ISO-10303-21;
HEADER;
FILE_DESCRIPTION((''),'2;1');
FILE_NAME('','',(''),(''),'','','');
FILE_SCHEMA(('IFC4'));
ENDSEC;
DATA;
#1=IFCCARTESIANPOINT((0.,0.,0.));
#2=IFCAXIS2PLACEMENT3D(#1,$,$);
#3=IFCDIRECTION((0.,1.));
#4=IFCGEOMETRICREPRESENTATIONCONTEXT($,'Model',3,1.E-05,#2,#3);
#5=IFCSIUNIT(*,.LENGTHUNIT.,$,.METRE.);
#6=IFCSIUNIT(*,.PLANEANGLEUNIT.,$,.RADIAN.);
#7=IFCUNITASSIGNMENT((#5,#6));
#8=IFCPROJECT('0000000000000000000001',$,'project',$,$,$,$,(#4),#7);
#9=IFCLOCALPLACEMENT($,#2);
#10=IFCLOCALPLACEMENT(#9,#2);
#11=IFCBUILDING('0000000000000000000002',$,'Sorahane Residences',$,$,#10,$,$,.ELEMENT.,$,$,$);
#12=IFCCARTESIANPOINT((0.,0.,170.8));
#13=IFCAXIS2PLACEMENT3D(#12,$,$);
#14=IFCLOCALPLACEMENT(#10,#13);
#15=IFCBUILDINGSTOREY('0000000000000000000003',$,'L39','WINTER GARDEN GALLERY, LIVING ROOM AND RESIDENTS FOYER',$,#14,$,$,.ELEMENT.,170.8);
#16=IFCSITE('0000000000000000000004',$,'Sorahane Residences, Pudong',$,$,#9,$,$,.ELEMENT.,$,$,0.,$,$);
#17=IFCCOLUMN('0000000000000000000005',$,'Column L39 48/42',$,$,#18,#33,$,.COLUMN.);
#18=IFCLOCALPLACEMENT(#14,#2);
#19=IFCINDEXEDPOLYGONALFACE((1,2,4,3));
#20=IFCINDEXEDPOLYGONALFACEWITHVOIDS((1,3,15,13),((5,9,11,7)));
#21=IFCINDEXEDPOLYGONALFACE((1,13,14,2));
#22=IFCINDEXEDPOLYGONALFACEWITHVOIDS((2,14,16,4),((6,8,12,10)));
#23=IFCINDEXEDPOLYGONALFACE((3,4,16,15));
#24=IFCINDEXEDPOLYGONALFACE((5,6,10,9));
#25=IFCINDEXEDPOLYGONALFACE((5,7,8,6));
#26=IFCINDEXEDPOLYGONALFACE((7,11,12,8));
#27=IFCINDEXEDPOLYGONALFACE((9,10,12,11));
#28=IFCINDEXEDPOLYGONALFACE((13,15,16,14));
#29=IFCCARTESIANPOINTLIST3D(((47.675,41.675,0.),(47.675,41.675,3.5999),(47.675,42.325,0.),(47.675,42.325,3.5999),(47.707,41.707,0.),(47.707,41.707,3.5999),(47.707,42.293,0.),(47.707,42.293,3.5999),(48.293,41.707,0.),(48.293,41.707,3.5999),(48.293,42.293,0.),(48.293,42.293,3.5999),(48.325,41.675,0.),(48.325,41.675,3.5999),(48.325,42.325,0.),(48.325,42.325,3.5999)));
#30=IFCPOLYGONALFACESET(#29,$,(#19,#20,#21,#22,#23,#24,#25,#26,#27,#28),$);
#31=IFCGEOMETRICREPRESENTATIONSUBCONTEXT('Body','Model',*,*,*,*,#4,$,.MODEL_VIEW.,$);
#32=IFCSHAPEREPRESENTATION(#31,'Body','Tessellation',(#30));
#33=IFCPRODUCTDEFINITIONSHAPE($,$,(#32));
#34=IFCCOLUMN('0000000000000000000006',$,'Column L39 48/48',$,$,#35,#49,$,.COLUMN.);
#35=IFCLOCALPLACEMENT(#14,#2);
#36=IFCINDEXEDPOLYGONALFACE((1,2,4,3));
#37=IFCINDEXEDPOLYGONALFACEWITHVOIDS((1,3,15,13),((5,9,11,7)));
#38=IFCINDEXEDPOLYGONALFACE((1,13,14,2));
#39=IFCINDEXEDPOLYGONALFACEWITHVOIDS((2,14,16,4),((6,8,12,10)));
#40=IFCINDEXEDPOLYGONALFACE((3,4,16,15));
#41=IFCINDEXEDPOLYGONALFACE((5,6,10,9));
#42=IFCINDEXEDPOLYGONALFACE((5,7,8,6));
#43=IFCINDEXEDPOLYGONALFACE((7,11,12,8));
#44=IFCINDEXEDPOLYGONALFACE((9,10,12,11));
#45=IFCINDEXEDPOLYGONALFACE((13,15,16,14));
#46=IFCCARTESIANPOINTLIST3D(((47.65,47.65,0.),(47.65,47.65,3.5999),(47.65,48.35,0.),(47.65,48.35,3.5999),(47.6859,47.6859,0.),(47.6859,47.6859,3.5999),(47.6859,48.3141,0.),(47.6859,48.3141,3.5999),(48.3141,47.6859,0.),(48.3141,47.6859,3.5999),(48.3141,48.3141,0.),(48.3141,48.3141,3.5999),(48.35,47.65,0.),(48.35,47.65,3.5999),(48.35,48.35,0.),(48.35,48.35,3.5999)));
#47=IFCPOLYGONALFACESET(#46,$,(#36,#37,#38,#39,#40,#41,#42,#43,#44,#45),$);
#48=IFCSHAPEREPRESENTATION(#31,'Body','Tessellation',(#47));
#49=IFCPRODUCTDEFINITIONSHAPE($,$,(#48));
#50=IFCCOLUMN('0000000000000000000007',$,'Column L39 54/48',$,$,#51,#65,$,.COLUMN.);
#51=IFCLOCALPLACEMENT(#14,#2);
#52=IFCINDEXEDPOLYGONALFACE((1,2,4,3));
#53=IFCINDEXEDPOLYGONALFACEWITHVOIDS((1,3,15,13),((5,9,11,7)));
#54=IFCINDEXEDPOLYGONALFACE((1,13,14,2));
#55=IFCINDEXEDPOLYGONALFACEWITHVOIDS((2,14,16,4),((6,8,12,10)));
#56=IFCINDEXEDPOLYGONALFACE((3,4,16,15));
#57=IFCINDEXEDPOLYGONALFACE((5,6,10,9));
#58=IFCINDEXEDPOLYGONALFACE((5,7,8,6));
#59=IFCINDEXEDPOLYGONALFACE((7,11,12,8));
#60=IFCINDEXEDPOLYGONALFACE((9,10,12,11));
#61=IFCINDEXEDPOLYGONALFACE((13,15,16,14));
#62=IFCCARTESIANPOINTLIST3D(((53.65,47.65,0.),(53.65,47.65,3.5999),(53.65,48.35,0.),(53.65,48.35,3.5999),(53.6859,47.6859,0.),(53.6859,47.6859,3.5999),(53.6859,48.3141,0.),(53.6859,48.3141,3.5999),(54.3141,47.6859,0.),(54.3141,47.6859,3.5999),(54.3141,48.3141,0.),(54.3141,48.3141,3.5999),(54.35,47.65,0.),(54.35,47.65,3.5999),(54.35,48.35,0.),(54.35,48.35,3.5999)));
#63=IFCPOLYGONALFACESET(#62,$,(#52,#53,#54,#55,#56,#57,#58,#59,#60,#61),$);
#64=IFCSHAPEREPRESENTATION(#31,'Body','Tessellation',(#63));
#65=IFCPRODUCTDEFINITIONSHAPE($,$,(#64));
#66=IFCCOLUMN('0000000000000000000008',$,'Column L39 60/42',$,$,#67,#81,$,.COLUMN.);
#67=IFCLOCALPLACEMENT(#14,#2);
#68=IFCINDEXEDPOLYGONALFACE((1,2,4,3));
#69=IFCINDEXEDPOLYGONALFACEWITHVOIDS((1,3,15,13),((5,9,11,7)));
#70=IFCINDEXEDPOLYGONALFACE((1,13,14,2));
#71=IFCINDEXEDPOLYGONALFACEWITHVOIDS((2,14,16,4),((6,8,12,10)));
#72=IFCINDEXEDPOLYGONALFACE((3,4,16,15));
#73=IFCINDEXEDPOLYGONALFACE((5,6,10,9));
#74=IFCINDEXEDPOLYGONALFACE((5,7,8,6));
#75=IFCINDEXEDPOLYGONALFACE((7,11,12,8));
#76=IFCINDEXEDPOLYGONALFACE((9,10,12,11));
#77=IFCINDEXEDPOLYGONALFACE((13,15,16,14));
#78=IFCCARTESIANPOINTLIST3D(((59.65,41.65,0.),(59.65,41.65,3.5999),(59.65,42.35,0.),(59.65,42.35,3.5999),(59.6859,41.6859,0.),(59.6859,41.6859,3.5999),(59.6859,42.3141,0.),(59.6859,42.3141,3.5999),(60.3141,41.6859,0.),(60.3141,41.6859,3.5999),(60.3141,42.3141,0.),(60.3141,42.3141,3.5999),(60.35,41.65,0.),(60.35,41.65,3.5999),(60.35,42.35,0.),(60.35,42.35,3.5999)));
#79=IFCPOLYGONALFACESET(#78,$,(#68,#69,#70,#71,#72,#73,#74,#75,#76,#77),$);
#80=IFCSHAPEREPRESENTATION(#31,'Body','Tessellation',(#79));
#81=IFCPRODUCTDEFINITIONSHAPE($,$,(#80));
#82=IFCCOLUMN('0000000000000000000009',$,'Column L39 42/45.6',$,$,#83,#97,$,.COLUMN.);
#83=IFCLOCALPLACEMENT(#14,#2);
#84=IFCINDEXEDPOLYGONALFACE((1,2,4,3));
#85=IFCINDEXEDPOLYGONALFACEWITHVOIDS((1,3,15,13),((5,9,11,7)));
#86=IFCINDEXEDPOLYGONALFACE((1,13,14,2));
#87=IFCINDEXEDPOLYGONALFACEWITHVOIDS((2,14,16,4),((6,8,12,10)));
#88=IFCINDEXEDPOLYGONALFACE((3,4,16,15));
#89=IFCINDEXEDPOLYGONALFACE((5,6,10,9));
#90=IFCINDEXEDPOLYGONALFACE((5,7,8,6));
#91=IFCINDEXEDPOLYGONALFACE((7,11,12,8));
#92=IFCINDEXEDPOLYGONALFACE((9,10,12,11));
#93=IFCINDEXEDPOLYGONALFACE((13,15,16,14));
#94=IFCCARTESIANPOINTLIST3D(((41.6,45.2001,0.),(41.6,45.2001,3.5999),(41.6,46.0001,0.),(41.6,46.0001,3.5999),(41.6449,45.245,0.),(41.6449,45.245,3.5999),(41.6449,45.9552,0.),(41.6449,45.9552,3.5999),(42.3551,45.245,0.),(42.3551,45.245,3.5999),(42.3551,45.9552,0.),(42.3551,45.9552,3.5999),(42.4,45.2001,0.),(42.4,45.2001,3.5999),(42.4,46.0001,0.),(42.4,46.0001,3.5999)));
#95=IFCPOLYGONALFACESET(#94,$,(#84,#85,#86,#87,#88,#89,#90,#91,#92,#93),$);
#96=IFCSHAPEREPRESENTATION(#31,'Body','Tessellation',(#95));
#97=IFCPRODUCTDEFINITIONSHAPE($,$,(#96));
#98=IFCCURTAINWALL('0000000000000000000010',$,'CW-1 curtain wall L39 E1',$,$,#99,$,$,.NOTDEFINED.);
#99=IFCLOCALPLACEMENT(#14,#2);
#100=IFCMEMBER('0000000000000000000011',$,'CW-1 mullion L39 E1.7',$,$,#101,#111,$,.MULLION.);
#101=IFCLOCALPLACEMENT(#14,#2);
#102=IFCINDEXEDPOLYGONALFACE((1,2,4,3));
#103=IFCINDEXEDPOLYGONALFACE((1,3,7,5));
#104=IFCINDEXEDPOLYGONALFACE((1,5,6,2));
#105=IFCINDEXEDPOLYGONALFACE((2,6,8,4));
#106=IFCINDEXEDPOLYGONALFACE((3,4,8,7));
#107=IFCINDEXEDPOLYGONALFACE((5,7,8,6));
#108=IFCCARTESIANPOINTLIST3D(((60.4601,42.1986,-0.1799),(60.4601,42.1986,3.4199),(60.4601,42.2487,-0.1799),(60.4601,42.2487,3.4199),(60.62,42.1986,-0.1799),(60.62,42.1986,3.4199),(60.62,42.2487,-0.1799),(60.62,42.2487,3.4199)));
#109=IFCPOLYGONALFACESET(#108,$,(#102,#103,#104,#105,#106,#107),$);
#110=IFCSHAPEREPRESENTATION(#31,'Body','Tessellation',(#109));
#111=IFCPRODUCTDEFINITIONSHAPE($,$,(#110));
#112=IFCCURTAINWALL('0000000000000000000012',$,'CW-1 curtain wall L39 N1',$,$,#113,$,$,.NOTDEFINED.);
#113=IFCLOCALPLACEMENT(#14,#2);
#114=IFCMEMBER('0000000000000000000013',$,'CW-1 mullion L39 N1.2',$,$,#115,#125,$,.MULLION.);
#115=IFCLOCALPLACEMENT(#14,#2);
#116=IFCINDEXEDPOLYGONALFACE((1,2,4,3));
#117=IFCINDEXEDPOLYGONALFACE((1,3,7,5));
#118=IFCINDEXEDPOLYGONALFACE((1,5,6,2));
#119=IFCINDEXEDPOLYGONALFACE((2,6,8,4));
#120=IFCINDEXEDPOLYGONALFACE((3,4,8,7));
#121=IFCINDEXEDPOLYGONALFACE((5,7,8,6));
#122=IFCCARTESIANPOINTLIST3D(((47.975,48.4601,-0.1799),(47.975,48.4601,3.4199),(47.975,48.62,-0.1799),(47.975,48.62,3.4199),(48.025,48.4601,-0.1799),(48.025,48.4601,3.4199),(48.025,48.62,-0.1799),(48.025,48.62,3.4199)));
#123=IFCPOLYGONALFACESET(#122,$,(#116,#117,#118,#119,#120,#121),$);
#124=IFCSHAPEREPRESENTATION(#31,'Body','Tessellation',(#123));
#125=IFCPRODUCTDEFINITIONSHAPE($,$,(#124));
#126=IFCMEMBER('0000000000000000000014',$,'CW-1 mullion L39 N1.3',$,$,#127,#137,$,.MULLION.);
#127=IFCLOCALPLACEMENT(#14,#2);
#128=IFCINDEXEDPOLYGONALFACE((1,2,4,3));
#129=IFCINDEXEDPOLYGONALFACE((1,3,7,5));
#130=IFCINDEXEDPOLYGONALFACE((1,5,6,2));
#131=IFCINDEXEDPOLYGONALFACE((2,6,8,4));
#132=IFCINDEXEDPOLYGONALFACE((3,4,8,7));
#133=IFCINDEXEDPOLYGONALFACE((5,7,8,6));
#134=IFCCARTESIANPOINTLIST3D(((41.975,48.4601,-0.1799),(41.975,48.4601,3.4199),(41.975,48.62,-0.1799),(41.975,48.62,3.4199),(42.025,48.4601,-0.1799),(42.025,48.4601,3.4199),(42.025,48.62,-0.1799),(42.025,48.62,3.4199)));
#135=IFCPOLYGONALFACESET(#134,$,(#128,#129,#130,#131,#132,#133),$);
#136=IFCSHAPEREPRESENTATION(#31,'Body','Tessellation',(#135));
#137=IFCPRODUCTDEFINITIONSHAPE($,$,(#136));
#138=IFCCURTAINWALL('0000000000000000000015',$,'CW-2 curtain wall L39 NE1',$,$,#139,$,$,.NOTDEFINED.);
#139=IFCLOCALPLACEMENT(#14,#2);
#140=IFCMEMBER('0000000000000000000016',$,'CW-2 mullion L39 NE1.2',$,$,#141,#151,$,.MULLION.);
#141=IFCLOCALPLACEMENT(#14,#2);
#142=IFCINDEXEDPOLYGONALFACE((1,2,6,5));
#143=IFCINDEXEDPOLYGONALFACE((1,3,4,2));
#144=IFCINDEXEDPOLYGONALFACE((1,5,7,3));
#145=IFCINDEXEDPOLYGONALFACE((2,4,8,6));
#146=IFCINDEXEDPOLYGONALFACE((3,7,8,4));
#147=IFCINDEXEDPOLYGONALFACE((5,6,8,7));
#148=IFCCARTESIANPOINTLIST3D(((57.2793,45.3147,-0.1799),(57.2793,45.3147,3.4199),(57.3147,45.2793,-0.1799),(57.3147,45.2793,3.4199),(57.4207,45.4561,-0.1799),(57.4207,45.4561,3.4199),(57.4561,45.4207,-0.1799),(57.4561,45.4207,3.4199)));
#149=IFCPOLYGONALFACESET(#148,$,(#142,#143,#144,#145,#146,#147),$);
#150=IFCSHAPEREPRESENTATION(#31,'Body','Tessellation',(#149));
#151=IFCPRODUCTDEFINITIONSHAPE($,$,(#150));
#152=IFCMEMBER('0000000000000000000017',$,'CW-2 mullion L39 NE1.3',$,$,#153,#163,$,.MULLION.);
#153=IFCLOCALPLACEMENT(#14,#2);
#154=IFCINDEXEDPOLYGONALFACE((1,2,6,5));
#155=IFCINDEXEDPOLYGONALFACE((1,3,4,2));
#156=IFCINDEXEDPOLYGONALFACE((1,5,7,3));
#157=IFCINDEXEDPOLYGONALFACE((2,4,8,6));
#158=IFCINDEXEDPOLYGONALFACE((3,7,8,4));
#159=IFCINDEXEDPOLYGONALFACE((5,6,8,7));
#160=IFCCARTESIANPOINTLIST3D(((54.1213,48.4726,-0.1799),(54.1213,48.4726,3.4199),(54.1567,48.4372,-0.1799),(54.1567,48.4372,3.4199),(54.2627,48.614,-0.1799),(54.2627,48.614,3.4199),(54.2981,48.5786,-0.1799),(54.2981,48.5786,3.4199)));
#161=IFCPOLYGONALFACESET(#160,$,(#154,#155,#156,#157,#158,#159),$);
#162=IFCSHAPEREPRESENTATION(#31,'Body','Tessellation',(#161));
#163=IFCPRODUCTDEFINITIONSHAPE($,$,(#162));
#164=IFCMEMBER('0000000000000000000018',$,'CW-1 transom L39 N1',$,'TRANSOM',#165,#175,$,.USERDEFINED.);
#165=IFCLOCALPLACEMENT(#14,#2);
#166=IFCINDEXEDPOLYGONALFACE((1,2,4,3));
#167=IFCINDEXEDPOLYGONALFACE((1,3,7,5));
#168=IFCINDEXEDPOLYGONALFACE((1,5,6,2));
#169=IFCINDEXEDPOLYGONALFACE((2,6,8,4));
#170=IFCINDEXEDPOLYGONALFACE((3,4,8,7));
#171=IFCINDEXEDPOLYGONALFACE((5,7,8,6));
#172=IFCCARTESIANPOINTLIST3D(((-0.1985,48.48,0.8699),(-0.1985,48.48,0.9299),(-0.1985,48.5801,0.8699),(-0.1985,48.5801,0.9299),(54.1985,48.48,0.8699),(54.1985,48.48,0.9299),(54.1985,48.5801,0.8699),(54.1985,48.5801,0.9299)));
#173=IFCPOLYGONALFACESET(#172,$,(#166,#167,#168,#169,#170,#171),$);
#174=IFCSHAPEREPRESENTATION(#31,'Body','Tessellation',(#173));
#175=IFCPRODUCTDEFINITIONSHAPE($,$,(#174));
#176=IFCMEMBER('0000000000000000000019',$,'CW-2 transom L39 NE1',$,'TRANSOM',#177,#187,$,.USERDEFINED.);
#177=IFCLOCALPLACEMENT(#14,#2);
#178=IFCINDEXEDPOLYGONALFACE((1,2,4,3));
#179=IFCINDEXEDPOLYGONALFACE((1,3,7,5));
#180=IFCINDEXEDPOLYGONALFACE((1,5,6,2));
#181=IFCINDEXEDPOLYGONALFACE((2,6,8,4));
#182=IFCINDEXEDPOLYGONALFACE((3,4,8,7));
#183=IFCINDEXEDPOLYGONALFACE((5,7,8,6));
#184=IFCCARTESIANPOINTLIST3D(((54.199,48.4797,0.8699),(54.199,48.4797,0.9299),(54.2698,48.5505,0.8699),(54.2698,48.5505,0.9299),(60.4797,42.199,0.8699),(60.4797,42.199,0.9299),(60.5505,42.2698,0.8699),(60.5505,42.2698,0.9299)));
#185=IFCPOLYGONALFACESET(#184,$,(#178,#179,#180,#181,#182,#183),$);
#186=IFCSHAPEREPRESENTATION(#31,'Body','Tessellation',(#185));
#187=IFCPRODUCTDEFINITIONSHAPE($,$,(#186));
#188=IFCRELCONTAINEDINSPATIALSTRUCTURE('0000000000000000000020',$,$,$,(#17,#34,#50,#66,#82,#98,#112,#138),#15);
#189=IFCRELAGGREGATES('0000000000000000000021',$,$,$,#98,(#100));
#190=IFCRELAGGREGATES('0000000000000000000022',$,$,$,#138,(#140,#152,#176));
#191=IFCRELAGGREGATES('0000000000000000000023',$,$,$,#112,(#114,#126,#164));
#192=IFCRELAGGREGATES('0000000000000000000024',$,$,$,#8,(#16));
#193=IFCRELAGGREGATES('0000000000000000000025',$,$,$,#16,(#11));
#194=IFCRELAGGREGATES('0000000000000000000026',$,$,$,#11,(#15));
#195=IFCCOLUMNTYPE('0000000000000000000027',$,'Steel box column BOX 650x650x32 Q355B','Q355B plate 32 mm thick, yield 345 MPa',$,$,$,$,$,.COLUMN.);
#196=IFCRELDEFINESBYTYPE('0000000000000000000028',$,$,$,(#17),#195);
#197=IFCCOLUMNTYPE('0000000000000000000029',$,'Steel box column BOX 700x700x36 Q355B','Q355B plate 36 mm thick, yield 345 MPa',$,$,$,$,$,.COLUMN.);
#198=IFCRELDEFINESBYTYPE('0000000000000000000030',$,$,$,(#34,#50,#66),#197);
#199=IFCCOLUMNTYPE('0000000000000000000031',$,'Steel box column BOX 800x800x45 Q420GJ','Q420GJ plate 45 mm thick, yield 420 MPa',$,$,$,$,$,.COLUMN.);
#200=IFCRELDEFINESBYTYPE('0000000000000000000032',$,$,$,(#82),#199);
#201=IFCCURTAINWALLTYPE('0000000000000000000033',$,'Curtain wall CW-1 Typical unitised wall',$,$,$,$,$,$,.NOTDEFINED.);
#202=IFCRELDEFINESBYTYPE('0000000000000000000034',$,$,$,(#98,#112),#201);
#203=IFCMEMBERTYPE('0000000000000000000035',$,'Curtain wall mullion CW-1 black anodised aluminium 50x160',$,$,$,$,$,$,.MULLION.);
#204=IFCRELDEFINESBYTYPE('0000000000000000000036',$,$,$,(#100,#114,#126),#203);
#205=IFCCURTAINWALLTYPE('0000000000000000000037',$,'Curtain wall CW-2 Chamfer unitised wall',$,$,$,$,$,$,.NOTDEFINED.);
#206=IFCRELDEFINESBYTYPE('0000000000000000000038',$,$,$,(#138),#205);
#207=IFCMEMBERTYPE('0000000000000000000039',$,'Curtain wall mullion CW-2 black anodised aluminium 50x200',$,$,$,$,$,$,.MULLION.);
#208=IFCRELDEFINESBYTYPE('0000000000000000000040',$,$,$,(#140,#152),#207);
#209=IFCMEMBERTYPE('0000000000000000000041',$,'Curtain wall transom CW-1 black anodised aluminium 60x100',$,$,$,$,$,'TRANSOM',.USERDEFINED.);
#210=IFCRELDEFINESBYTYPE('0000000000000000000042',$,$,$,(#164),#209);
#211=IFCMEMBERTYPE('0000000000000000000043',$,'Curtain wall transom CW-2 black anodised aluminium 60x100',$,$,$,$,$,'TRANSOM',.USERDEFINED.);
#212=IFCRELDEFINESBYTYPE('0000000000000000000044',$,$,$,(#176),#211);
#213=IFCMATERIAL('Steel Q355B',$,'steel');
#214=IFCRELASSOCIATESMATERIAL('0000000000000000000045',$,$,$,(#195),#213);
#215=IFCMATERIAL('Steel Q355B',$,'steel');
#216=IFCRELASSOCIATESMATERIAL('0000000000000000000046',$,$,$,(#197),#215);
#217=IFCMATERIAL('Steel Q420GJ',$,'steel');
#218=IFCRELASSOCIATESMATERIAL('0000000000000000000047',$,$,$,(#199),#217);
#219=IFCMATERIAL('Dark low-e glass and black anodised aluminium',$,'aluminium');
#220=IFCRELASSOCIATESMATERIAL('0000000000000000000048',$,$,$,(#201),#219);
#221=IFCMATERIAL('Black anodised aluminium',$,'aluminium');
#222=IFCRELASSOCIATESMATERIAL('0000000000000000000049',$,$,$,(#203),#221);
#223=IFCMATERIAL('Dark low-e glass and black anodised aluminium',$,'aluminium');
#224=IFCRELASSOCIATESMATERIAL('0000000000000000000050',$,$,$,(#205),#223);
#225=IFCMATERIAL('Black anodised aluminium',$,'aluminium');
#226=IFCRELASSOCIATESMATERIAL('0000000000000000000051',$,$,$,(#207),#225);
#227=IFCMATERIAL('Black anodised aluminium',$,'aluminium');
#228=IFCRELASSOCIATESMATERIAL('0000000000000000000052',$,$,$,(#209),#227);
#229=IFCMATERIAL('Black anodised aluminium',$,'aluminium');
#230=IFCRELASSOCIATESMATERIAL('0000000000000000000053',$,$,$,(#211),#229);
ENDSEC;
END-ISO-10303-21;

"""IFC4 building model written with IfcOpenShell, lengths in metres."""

from ifc_helpers import new_model, si_unit, direction, frame, origin, origin_2d, place, context, subcontext, project, spatial, rectangle, hollow_rectangle, extrude, material, material_profile, profile_set, type_object, element, aggregate, save


model = new_model("IFC4")

# Units and contexts
model_context = context("Model", 3, precision=1e-05, world=origin(), true_north=direction((0.0, 1.0)))
body_context = subcontext(model_context, "Body", "Model", "MODEL_VIEW")
ifc_project = project(units=[si_unit("LENGTHUNIT", "METRE"), si_unit("PLANEANGLEUNIT", "RADIAN")], contexts=[model_context])

# Site, building, storey
site_placement = place(None, origin())
site = spatial("IfcSite", under=ifc_project, at=site_placement, Name="Sorahane Residences, Pudong", CompositionType="ELEMENT", RefElevation=0.0)
building_placement = place(site_placement, origin())
building = spatial("IfcBuilding", under=site, at=building_placement, Name="Sorahane Residences", CompositionType="ELEMENT")
storey_placement = place(building_placement, frame((0.0, 0.0, 170.8)))
storey = spatial("IfcBuildingStorey", under=building, at=storey_placement, Name="L39", Description="WINTER GARDEN GALLERY, LIVING ROOM AND RESIDENTS FOYER", CompositionType="ELEMENT", Elevation=170.8)

# Columns
ifc_material_1 = material(Name="Steel Q355B", Category="steel")
ifc_material_profile_1 = material_profile(ifc_material_1, hollow_rectangle(XDim=0.6499, YDim=0.6499, WallThickness=0.032, at=origin_2d()), Name="BOX 650x650x32")
ifc_profile_set_1 = profile_set([ifc_material_profile_1], Name="Steel Q355B")
column_type_1 = type_object("IfcColumnType", Name="Steel box column BOX 650x650x32 Q355B", Description="Q355B plate 32 mm thick, yield 345 MPa", PredefinedType="COLUMN", material=ifc_profile_set_1)
column_1_placement = place(storey_placement, frame((48.0, 42.0, 0.0), z_axis=(0.0, 0.0, 1.0), x_axis=(1.0, 0.0, 0.0)))
element("IfcColumn", 1, at=column_1_placement, inside=storey, type_object=column_type_1, Name="Column L39 48/42", PredefinedType="COLUMN", context=body_context, shape_type="SweptSolid", body=[
    extrude(hollow_rectangle(XDim=0.6499, YDim=0.6499, WallThickness=0.032, at=origin_2d()), origin(), (0.0, 0.0, 1.0), 3.5999),
])
ifc_material_2 = material(Name="Steel Q355B", Category="steel")
ifc_material_profile_2 = material_profile(ifc_material_2, hollow_rectangle(XDim=0.7, YDim=0.7, WallThickness=0.0359, at=origin_2d()), Name="BOX 700x700x36")
ifc_profile_set_2 = profile_set([ifc_material_profile_2], Name="Steel Q355B")
column_type_2 = type_object("IfcColumnType", Name="Steel box column BOX 700x700x36 Q355B", Description="Q355B plate 36 mm thick, yield 345 MPa", PredefinedType="COLUMN", material=ifc_profile_set_2)
for number, where, z_axis, x_axis, name in (
    (2, (48.0, 48.0, 0.0), (0.0, 0.0, 1.0), (1.0, 0.0, 0.0), "Column L39 48/48"),
    (3, (54.0, 48.0, 0.0), (0.0, 0.0, 1.0), (1.0, 0.0, 0.0), "Column L39 54/48"),
    (4, (60.0, 42.0, 0.0), (0.0, 0.0, 1.0), (1.0, 0.0, 0.0), "Column L39 60/42"),
):
    element("IfcColumn", number, at=place(storey_placement, frame(where, z_axis=z_axis, x_axis=x_axis)), inside=storey, type_object=column_type_2, Name=name, PredefinedType="COLUMN", context=body_context, shape_type="SweptSolid", body=[
        extrude(hollow_rectangle(XDim=0.7, YDim=0.7, WallThickness=0.0359, at=origin_2d()), origin(), (0.0, 0.0, 1.0), 3.5999),
    ])
ifc_material_3 = material(Name="Steel Q420GJ", Category="steel")
ifc_material_profile_3 = material_profile(ifc_material_3, hollow_rectangle(XDim=0.8, YDim=0.8, WallThickness=0.0449, at=origin_2d()), Name="BOX 800x800x45")
ifc_profile_set_3 = profile_set([ifc_material_profile_3], Name="Steel Q420GJ")
column_type_3 = type_object("IfcColumnType", Name="Steel box column BOX 800x800x45 Q420GJ", Description="Q420GJ plate 45 mm thick, yield 420 MPa", PredefinedType="COLUMN", material=ifc_profile_set_3)
column_2_placement = place(storey_placement, frame((42.0, 45.6001, 0.0), z_axis=(0.0, 0.0, 1.0), x_axis=(1.0, 0.0, 0.0)))
element("IfcColumn", 5, at=column_2_placement, inside=storey, type_object=column_type_3, Name="Column L39 42/45.6", PredefinedType="COLUMN", context=body_context, shape_type="SweptSolid", body=[
    extrude(hollow_rectangle(XDim=0.8, YDim=0.8, WallThickness=0.0449, at=origin_2d()), origin(), (0.0, 0.0, 1.0), 3.5999),
])

# Curtain wall, member
ifc_material_4 = material(Name="Dark low-e glass and black anodised aluminium", Category="aluminium")
curtain_wall_type_1 = type_object("IfcCurtainWallType", Name="Curtain wall CW-1 Typical unitised wall", PredefinedType="NOTDEFINED", material=ifc_material_4)
curtain_wall_1_placement = place(storey_placement, origin())
curtain_wall_1 = element("IfcCurtainWall", 6, at=curtain_wall_1_placement, inside=storey, type_object=curtain_wall_type_1, Name="CW-1 curtain wall L39 E1", PredefinedType="NOTDEFINED")
ifc_material_5 = material(Name="Black anodised aluminium", Category="aluminium")
ifc_material_profile_4 = material_profile(ifc_material_5, rectangle(XDim=0.1599, YDim=0.05, at=origin_2d()), Name="Curtain wall mullion CW-1 black anodised aluminium 50x160")
ifc_profile_set_4 = profile_set([ifc_material_profile_4], Name="Black anodised aluminium")
member_type_1 = type_object("IfcMemberType", Name="Curtain wall mullion CW-1 black anodised aluminium 50x160", PredefinedType="MULLION", material=ifc_profile_set_4)
member_1_placement = place(storey_placement, frame((60.54, 42.2236, -0.1799), z_axis=(0.0, 0.0, 1.0), x_axis=(1.0, 0.0, 0.0)))
member_1 = element("IfcMember", 7, at=member_1_placement, type_object=member_type_1, Name="CW-1 mullion L39 E1.7", PredefinedType="MULLION", context=body_context, shape_type="SweptSolid", body=[
    extrude(rectangle(XDim=0.1599, YDim=0.05, at=origin_2d()), origin(), (0.0, 0.0, 1.0), 3.5999),
])

# Curtain walls, members
curtain_wall_2_placement = place(storey_placement, origin())
curtain_wall_2 = element("IfcCurtainWall", 8, at=curtain_wall_2_placement, inside=storey, type_object=curtain_wall_type_1, Name="CW-1 curtain wall L39 N1", PredefinedType="NOTDEFINED")
member_2_placement = place(storey_placement, frame((48.0, 48.54, -0.1799), z_axis=(0.0, 0.0, 1.0), x_axis=(0.0, 1.0, 0.0)))
member_2 = element("IfcMember", 9, at=member_2_placement, type_object=member_type_1, Name="CW-1 mullion L39 N1.2", PredefinedType="MULLION", context=body_context, shape_type="SweptSolid", body=[
    extrude(rectangle(XDim=0.1599, YDim=0.05, at=origin_2d()), origin(), (0.0, 0.0, 1.0), 3.5999),
])
member_3_placement = place(storey_placement, frame((42.0, 48.54, -0.1799), z_axis=(0.0, 0.0, 1.0), x_axis=(0.0, 1.0, 0.0)))
member_3 = element("IfcMember", 10, at=member_3_placement, type_object=member_type_1, Name="CW-1 mullion L39 N1.3", PredefinedType="MULLION", context=body_context, shape_type="SweptSolid", body=[
    extrude(rectangle(XDim=0.1599, YDim=0.05, at=origin_2d()), origin(), (0.0, 0.0, 1.0), 3.5999),
])
ifc_material_6 = material(Name="Dark low-e glass and black anodised aluminium", Category="aluminium")
curtain_wall_type_2 = type_object("IfcCurtainWallType", Name="Curtain wall CW-2 Chamfer unitised wall", PredefinedType="NOTDEFINED", material=ifc_material_6)
curtain_wall_3_placement = place(storey_placement, origin())
curtain_wall_3 = element("IfcCurtainWall", 11, at=curtain_wall_3_placement, inside=storey, type_object=curtain_wall_type_2, Name="CW-2 curtain wall L39 NE1", PredefinedType="NOTDEFINED")
ifc_material_7 = material(Name="Black anodised aluminium", Category="aluminium")
ifc_material_profile_5 = material_profile(ifc_material_7, rectangle(XDim=0.2, YDim=0.05, at=origin_2d()), Name="Curtain wall mullion CW-2 black anodised aluminium 50x200")
ifc_profile_set_5 = profile_set([ifc_material_profile_5], Name="Black anodised aluminium")
member_type_2 = type_object("IfcMemberType", Name="Curtain wall mullion CW-2 black anodised aluminium 50x200", PredefinedType="MULLION", material=ifc_profile_set_5)
member_4_placement = place(storey_placement, frame((57.3677, 45.3677, -0.1799), z_axis=(0.0, 0.0, 1.0), x_axis=(0.707107, 0.707107, 0.0)))
member_4 = element("IfcMember", 12, at=member_4_placement, type_object=member_type_2, Name="CW-2 mullion L39 NE1.2", PredefinedType="MULLION", context=body_context, shape_type="SweptSolid", body=[
    extrude(rectangle(XDim=0.2, YDim=0.05, at=origin_2d()), origin(), (0.0, 0.0, 1.0), 3.5999),
])
member_5_placement = place(storey_placement, frame((54.2097, 48.5256, -0.1799), z_axis=(0.0, 0.0, 1.0), x_axis=(0.707107, 0.707107, 0.0)))
member_5 = element("IfcMember", 13, at=member_5_placement, type_object=member_type_2, Name="CW-2 mullion L39 NE1.3", PredefinedType="MULLION", context=body_context, shape_type="SweptSolid", body=[
    extrude(rectangle(XDim=0.2, YDim=0.05, at=origin_2d()), origin(), (0.0, 0.0, 1.0), 3.5999),
])

# Members
ifc_material_8 = material(Name="Black anodised aluminium", Category="aluminium")
ifc_material_profile_6 = material_profile(ifc_material_8, rectangle(XDim=0.1001, YDim=0.0601, at=origin_2d()), Name="Curtain wall transom CW-1 black anodised aluminium 60x100")
ifc_profile_set_6 = profile_set([ifc_material_profile_6], Name="Black anodised aluminium")
member_type_3 = type_object("IfcMemberType", Name="Curtain wall transom CW-1 black anodised aluminium 60x100", ElementType="TRANSOM", PredefinedType="USERDEFINED", material=ifc_profile_set_6)
member_6_placement = place(storey_placement, frame((54.1985, 48.53, 0.8999), z_axis=(-1.0, 0.0, 0.0), x_axis=(0.0, -1.0, 0.0)))
member_6 = element("IfcMember", 14, at=member_6_placement, type_object=member_type_3, Name="CW-1 transom L39 N1", ObjectType="TRANSOM", PredefinedType="USERDEFINED", context=body_context, shape_type="SweptSolid", body=[
    extrude(rectangle(XDim=0.1001, YDim=0.0601, at=origin_2d()), origin(), (0.0, 0.0, 1.0), 54.397),
])
ifc_material_9 = material(Name="Black anodised aluminium", Category="aluminium")
ifc_material_profile_7 = material_profile(ifc_material_9, rectangle(XDim=0.1001, YDim=0.0601, at=origin_2d()), Name="Curtain wall transom CW-2 black anodised aluminium 60x100")
ifc_profile_set_7 = profile_set([ifc_material_profile_7], Name="Black anodised aluminium")
member_type_4 = type_object("IfcMemberType", Name="Curtain wall transom CW-2 black anodised aluminium 60x100", ElementType="TRANSOM", PredefinedType="USERDEFINED", material=ifc_profile_set_7)
member_7_placement = place(storey_placement, frame((60.5151, 42.2344, 0.8999), z_axis=(-0.707107, 0.707107, 0.0), x_axis=(-0.707107, -0.707107, 0.0)))
member_7 = element("IfcMember", 15, at=member_7_placement, type_object=member_type_4, Name="CW-2 transom L39 NE1", ObjectType="TRANSOM", PredefinedType="USERDEFINED", context=body_context, shape_type="SweptSolid", body=[
    extrude(rectangle(XDim=0.1001, YDim=0.0601, at=origin_2d()), origin(), (0.0, 0.0, 1.0), 8.8823),
])

aggregate(curtain_wall_1, [member_1])
aggregate(curtain_wall_3, [member_4, member_5, member_7])
aggregate(curtain_wall_2, [member_2, member_3, member_6])

save(model, "model.ifc")
